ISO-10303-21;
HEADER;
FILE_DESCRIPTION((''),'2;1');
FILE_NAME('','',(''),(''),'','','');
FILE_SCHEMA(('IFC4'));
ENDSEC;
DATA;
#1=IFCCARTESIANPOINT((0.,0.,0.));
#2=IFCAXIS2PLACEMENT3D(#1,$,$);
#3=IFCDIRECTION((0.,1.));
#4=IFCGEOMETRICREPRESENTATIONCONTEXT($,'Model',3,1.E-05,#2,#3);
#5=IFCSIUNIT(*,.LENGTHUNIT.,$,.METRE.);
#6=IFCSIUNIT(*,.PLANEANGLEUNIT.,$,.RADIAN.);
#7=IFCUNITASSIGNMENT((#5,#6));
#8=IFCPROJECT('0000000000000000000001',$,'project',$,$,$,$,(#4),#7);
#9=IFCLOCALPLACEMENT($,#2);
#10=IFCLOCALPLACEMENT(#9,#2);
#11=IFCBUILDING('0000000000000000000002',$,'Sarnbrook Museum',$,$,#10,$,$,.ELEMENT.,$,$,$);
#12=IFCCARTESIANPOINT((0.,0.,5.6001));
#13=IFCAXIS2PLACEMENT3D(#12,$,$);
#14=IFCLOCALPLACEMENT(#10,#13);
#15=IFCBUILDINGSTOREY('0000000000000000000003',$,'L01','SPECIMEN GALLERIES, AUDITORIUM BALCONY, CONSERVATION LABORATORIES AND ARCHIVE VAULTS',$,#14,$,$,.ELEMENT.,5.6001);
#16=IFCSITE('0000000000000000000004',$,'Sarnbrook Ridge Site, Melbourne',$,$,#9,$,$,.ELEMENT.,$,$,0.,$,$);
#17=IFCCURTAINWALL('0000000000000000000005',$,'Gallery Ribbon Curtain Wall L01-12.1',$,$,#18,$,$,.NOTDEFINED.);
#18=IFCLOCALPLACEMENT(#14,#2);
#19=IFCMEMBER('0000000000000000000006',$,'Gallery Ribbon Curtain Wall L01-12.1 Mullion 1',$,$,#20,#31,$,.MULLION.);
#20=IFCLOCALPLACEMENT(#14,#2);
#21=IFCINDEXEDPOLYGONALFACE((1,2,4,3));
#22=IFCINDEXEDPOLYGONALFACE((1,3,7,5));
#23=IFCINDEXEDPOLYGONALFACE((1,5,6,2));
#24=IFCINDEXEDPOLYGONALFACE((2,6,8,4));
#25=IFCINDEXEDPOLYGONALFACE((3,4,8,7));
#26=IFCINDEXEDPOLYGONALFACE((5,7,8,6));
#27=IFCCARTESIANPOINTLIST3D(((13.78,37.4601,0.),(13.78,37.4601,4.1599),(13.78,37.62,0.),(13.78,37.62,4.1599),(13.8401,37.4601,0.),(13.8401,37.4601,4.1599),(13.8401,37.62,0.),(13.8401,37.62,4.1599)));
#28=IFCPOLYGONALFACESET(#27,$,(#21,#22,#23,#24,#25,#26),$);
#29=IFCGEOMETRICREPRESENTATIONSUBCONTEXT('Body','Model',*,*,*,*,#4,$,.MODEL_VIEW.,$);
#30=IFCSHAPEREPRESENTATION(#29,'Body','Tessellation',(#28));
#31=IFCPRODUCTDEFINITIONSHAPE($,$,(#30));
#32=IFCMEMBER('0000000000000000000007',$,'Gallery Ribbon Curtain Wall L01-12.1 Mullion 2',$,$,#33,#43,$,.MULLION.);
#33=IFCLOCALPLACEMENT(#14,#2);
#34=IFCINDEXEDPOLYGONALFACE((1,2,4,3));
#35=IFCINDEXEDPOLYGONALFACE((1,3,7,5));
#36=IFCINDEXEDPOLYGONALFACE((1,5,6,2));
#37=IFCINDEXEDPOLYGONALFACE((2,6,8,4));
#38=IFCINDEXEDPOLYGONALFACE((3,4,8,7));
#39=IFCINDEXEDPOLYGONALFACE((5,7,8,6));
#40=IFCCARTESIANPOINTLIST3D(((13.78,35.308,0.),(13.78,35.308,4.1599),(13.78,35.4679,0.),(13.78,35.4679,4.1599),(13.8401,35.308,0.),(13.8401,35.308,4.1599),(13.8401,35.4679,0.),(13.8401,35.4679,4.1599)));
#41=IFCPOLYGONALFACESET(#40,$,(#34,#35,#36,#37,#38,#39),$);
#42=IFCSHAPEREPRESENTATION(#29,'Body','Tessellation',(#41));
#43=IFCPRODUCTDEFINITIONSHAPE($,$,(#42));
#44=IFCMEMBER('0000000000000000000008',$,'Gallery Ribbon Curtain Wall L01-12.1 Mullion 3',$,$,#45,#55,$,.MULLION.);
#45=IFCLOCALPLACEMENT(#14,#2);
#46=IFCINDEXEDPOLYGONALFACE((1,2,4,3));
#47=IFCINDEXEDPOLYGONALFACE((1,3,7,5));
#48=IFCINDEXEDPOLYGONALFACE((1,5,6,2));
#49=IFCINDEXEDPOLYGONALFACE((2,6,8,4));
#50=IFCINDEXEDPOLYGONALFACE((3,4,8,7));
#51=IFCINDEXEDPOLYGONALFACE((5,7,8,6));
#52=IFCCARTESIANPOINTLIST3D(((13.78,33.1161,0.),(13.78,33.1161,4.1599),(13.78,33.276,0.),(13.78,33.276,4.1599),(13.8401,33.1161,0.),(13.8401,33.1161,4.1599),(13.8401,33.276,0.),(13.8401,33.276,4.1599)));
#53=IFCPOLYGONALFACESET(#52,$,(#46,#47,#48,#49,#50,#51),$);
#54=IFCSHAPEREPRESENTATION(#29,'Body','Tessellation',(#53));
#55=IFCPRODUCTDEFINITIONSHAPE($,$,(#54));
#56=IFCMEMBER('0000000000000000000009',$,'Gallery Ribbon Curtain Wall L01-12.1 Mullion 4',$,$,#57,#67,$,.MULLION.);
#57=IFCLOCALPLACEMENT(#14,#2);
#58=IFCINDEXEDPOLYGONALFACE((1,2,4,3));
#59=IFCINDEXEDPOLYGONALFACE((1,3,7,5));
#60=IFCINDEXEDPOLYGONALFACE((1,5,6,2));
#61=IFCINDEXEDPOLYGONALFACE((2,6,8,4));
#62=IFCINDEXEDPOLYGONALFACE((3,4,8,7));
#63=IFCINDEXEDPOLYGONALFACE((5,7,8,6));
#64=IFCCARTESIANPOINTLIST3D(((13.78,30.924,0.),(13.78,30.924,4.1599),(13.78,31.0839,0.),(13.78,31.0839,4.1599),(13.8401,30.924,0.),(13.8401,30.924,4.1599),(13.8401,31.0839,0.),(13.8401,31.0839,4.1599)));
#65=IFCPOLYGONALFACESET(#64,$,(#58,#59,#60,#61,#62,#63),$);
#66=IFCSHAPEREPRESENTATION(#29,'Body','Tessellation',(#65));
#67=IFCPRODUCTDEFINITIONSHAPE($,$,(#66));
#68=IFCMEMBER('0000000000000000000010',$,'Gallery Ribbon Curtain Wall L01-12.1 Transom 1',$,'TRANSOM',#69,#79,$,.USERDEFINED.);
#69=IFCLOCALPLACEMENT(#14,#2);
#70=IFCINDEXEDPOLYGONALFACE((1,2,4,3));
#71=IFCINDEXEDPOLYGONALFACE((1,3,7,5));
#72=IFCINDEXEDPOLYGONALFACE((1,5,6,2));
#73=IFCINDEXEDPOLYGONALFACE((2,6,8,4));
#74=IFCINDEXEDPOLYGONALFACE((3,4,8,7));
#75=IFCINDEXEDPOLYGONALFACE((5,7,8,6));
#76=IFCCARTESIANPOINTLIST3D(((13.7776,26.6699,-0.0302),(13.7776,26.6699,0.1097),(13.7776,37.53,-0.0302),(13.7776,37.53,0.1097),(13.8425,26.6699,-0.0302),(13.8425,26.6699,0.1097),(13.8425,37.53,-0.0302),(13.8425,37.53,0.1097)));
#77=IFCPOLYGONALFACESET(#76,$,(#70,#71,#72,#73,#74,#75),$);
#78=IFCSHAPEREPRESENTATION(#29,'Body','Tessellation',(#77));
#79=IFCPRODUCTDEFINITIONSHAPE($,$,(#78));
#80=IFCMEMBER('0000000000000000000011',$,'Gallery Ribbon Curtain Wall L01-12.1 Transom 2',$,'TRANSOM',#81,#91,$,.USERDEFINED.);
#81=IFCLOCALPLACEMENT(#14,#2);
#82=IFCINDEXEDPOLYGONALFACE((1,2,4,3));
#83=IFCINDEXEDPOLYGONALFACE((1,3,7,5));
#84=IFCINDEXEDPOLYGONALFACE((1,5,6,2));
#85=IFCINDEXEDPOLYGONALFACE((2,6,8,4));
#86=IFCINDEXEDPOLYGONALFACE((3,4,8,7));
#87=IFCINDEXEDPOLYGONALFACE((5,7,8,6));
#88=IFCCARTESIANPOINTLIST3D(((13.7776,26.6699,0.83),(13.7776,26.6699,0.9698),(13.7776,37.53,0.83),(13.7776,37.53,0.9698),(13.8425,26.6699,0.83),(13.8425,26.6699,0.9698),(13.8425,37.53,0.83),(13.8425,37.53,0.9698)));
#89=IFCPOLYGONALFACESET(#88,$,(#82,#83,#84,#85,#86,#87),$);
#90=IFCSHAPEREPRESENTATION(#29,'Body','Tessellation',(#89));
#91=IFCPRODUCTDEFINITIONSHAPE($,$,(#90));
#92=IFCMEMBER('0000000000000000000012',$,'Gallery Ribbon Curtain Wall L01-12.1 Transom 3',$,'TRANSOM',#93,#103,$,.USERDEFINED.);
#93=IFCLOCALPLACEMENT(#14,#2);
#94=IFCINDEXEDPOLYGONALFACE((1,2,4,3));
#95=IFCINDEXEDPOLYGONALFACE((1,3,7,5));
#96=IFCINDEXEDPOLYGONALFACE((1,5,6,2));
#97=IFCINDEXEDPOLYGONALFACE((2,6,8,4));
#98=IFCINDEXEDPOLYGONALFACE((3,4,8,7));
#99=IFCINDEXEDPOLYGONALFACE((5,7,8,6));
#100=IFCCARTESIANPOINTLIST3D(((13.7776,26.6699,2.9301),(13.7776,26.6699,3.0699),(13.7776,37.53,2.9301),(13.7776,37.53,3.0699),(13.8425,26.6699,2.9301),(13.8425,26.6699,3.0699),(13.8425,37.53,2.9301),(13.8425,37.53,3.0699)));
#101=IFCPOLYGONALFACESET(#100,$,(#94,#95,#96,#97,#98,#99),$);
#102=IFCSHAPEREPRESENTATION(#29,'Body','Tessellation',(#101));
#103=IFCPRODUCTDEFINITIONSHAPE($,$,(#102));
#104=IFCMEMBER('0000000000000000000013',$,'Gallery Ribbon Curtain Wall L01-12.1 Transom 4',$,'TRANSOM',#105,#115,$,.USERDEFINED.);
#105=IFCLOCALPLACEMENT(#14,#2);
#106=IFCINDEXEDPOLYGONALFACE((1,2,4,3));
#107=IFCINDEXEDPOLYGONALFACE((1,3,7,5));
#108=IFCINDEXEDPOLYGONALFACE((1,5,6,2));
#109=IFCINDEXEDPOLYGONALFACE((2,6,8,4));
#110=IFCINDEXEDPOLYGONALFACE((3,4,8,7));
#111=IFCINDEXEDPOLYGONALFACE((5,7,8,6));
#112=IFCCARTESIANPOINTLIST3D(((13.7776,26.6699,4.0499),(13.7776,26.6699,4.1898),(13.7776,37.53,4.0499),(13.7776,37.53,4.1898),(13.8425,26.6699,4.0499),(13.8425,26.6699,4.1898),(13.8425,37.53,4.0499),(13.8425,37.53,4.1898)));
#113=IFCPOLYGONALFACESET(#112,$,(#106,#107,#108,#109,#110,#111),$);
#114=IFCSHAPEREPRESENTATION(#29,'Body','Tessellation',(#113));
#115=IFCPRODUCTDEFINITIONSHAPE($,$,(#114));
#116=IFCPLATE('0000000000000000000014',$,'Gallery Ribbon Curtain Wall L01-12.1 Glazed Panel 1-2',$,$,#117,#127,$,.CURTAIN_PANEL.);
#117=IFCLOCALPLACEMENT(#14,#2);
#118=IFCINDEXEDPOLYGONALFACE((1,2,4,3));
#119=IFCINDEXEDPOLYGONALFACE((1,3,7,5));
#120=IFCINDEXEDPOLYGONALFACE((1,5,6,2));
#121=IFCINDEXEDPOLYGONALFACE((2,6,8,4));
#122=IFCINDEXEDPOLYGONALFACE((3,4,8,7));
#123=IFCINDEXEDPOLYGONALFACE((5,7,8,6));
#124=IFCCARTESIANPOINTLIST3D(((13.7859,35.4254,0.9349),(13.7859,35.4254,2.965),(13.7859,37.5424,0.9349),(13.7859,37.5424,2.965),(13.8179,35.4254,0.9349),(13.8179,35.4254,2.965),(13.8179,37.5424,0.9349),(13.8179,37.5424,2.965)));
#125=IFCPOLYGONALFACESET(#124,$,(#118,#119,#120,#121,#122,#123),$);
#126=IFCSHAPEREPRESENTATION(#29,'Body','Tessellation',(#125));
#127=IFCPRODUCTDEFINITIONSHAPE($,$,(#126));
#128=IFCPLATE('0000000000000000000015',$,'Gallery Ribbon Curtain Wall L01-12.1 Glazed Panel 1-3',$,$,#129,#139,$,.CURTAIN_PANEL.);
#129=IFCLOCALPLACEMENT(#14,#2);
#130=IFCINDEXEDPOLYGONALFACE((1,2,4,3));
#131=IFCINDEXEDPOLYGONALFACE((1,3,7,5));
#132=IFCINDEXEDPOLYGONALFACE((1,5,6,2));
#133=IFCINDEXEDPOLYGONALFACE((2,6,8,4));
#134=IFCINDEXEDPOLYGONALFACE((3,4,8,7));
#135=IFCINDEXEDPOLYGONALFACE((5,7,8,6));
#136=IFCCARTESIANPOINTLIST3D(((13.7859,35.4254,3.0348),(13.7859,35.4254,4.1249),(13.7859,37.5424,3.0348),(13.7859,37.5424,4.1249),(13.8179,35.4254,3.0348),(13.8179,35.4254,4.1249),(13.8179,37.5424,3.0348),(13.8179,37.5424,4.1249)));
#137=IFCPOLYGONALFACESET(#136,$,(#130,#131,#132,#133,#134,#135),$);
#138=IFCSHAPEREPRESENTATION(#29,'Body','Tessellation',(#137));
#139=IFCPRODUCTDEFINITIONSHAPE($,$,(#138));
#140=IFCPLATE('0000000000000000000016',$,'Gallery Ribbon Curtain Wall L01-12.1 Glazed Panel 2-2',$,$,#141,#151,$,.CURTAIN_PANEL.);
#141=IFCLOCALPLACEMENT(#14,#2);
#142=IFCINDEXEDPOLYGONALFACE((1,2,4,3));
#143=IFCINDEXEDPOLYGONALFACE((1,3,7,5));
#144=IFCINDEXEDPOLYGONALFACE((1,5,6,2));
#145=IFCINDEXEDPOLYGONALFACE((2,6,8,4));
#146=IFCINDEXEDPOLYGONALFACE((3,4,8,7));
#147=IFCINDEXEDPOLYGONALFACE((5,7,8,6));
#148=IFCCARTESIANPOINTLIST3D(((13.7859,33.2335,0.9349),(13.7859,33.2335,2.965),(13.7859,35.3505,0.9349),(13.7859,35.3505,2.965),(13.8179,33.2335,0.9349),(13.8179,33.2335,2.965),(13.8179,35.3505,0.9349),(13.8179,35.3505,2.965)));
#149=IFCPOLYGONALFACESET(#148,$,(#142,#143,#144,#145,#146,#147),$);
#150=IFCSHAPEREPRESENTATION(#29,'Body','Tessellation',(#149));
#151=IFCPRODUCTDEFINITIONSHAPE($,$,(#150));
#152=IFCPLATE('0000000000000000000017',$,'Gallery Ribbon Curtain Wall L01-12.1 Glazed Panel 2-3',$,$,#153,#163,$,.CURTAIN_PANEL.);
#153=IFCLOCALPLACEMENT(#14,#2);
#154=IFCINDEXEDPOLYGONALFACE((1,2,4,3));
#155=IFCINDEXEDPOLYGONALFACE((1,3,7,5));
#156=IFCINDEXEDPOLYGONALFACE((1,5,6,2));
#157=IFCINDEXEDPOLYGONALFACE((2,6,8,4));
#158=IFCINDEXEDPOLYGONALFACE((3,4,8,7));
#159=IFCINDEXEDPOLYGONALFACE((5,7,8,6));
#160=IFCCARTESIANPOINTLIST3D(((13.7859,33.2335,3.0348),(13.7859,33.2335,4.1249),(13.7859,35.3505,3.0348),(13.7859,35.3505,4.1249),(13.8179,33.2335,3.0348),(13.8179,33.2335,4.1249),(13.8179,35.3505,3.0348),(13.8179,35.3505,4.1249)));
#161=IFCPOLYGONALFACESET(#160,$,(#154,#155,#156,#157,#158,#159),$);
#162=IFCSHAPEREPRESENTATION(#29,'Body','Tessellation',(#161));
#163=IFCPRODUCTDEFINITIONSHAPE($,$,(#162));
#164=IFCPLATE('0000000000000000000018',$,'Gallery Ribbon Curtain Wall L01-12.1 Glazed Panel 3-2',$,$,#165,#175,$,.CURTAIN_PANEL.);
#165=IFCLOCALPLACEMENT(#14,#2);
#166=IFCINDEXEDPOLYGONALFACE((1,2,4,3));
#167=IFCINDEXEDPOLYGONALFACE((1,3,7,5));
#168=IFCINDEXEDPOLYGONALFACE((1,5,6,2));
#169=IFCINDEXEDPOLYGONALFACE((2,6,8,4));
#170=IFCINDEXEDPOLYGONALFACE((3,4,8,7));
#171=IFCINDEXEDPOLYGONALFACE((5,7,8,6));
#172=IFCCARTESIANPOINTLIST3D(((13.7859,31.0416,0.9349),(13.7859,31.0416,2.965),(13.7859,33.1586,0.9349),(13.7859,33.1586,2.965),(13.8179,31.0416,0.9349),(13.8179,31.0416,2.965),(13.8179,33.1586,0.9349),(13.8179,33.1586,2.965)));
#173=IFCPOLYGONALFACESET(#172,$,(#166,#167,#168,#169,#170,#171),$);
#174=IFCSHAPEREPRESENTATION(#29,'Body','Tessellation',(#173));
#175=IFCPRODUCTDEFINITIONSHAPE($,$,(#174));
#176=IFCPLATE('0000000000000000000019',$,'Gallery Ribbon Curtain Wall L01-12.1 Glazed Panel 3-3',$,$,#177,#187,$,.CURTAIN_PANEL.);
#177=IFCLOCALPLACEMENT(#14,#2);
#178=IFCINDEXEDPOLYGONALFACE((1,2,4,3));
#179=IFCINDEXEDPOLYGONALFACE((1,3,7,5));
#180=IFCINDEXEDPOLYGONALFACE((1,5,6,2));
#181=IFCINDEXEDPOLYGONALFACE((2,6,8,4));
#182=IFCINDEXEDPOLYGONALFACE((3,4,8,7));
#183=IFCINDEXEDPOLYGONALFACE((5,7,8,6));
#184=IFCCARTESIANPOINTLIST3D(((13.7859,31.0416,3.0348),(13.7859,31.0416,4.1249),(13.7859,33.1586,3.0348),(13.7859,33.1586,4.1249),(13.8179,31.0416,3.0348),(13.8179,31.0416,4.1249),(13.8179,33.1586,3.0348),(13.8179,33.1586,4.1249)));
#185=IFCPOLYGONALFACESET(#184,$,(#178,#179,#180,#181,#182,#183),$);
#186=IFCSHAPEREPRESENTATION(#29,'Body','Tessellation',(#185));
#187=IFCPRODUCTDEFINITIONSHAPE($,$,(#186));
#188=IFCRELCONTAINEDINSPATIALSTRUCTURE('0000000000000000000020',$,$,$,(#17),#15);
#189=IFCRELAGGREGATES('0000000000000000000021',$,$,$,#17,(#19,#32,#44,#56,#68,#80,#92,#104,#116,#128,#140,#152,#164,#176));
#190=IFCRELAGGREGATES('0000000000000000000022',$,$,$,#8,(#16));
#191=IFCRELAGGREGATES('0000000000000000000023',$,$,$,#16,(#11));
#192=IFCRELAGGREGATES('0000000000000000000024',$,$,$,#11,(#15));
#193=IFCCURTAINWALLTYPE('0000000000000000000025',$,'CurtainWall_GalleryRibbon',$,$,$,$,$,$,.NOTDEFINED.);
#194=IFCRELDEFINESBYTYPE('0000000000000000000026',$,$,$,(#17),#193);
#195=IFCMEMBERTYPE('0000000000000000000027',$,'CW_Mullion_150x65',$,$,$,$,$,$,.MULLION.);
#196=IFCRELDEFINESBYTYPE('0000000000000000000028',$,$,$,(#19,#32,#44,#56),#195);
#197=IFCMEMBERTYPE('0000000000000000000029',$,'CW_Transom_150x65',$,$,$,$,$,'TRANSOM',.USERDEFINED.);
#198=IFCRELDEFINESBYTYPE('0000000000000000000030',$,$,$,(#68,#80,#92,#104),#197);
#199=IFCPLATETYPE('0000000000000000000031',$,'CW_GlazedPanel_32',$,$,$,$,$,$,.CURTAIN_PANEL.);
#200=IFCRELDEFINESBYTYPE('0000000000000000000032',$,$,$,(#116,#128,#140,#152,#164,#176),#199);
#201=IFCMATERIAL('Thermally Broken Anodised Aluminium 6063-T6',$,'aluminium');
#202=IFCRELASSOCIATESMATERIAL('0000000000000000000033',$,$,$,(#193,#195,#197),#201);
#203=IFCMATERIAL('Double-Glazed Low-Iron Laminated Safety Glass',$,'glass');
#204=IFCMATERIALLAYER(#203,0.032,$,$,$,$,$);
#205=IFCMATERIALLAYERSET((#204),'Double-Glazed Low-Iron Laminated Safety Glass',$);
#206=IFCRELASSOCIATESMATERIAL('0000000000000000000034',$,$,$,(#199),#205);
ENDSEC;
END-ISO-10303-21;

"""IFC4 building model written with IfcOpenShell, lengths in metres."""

from ifc_helpers import new_model, si_unit, direction, frame, origin, origin_2d, place, context, subcontext, project, spatial, rectangle, extrude, material, layer, layer_set, material_profile, profile_set, type_object, element, aggregate, save


model = new_model("IFC4")

# Units and contexts
model_context = context("Model", 3, precision=1e-05, world=origin(), true_north=direction((0.0, 1.0)))
body_context = subcontext(model_context, "Body", "Model", "MODEL_VIEW")
ifc_project = project(units=[si_unit("LENGTHUNIT", "METRE"), si_unit("PLANEANGLEUNIT", "RADIAN")], contexts=[model_context])

# Site, building, storey
site_placement = place(None, origin())
site = spatial("IfcSite", under=ifc_project, at=site_placement, Name="Sarnbrook Ridge Site, Melbourne", CompositionType="ELEMENT", RefElevation=0.0)
building_placement = place(site_placement, origin())
building = spatial("IfcBuilding", under=site, at=building_placement, Name="Sarnbrook Museum", CompositionType="ELEMENT")
storey_placement = place(building_placement, frame((0.0, 0.0, 5.6001)))
storey = spatial("IfcBuildingStorey", under=building, at=storey_placement, Name="L01", Description="SPECIMEN GALLERIES, AUDITORIUM BALCONY, CONSERVATION LABORATORIES AND ARCHIVE VAULTS", CompositionType="ELEMENT", Elevation=5.6001)

# Curtain wall, members, plates
ifc_material_1 = material(Name="Thermally Broken Anodised Aluminium 6063-T6", Category="aluminium")
curtain_wall_type = type_object("IfcCurtainWallType", Name="CurtainWall_GalleryRibbon", PredefinedType="NOTDEFINED", material=ifc_material_1)
curtain_wall_placement = place(storey_placement, origin())
curtain_wall = element("IfcCurtainWall", 1, at=curtain_wall_placement, inside=storey, type_object=curtain_wall_type, Name="Gallery Ribbon Curtain Wall L01-12.1", PredefinedType="NOTDEFINED")
ifc_material_profile_1 = material_profile(ifc_material_1, rectangle(XDim=0.0601, YDim=0.1599, at=origin_2d()), Name="ALU MULLION 60x160")
ifc_profile_set_1 = profile_set([ifc_material_profile_1], Name="Thermally Broken Anodised Aluminium 6063-T6")
member_type_1 = type_object("IfcMemberType", Name="CW_Mullion_150x65", PredefinedType="MULLION", material=ifc_profile_set_1)
member_1_placement = place(storey_placement, frame((13.8101, 37.54, 0.0), z_axis=(0.0, 0.0, 1.0), x_axis=(1.0, 0.0, 0.0)))
member_1 = element("IfcMember", 2, at=member_1_placement, type_object=member_type_1, Name="Gallery Ribbon Curtain Wall L01-12.1 Mullion 1", PredefinedType="MULLION", context=body_context, shape_type="SweptSolid", body=[
    extrude(rectangle(XDim=0.0601, YDim=0.1599, at=origin_2d()), origin(), (0.0, 0.0, 1.0), 4.1599),
])
member_2_placement = place(storey_placement, frame((13.8101, 35.3879, 0.0), z_axis=(0.0, 0.0, 1.0), x_axis=(1.0, 0.0, 0.0)))
member_2 = element("IfcMember", 3, at=member_2_placement, type_object=member_type_1, Name="Gallery Ribbon Curtain Wall L01-12.1 Mullion 2", PredefinedType="MULLION", context=body_context, shape_type="SweptSolid", body=[
    extrude(rectangle(XDim=0.0601, YDim=0.1599, at=origin_2d()), origin(), (0.0, 0.0, 1.0), 4.1599),
])
member_3_placement = place(storey_placement, frame((13.8101, 33.196, 0.0), z_axis=(0.0, 0.0, 1.0), x_axis=(1.0, 0.0, 0.0)))
member_3 = element("IfcMember", 4, at=member_3_placement, type_object=member_type_1, Name="Gallery Ribbon Curtain Wall L01-12.1 Mullion 3", PredefinedType="MULLION", context=body_context, shape_type="SweptSolid", body=[
    extrude(rectangle(XDim=0.0601, YDim=0.1599, at=origin_2d()), origin(), (0.0, 0.0, 1.0), 4.1599),
])
member_4_placement = place(storey_placement, frame((13.8101, 31.0039, 0.0), z_axis=(0.0, 0.0, 1.0), x_axis=(1.0, 0.0, 0.0)))
member_4 = element("IfcMember", 5, at=member_4_placement, type_object=member_type_1, Name="Gallery Ribbon Curtain Wall L01-12.1 Mullion 4", PredefinedType="MULLION", context=body_context, shape_type="SweptSolid", body=[
    extrude(rectangle(XDim=0.0601, YDim=0.1599, at=origin_2d()), origin(), (0.0, 0.0, 1.0), 4.1599),
])
ifc_material_profile_2 = material_profile(ifc_material_1, rectangle(XDim=0.0649, YDim=0.1399, at=origin_2d()), Name="ALU TRANSOM 65x140")
ifc_profile_set_2 = profile_set([ifc_material_profile_2], Name="Thermally Broken Anodised Aluminium 6063-T6")
member_type_2 = type_object("IfcMemberType", Name="CW_Transom_150x65", ElementType="TRANSOM", PredefinedType="USERDEFINED", material=ifc_profile_set_2)
member_5_placement = place(storey_placement, frame((13.8101, 37.53, 0.0398), z_axis=(0.0, -1.0, 0.0), x_axis=(1.0, 0.0, 0.0)))
member_5 = element("IfcMember", 6, at=member_5_placement, type_object=member_type_2, Name="Gallery Ribbon Curtain Wall L01-12.1 Transom 1", ObjectType="TRANSOM", PredefinedType="USERDEFINED", context=body_context, shape_type="SweptSolid", body=[
    extrude(rectangle(XDim=0.0649, YDim=0.1399, at=origin_2d()), origin(), (0.0, 0.0, 1.0), 10.8601),
])
member_6_placement = place(storey_placement, frame((13.8101, 37.53, 0.8999), z_axis=(0.0, -1.0, 0.0), x_axis=(1.0, 0.0, 0.0)))
member_6 = element("IfcMember", 7, at=member_6_placement, type_object=member_type_2, Name="Gallery Ribbon Curtain Wall L01-12.1 Transom 2", ObjectType="TRANSOM", PredefinedType="USERDEFINED", context=body_context, shape_type="SweptSolid", body=[
    extrude(rectangle(XDim=0.0649, YDim=0.1399, at=origin_2d()), origin(), (0.0, 0.0, 1.0), 10.8601),
])
member_7_placement = place(storey_placement, frame((13.8101, 37.53, 3.0), z_axis=(0.0, -1.0, 0.0), x_axis=(1.0, 0.0, 0.0)))
member_7 = element("IfcMember", 8, at=member_7_placement, type_object=member_type_2, Name="Gallery Ribbon Curtain Wall L01-12.1 Transom 3", ObjectType="TRANSOM", PredefinedType="USERDEFINED", context=body_context, shape_type="SweptSolid", body=[
    extrude(rectangle(XDim=0.0649, YDim=0.1399, at=origin_2d()), origin(), (0.0, 0.0, 1.0), 10.8601),
])
member_8_placement = place(storey_placement, frame((13.8101, 37.53, 4.1199), z_axis=(0.0, -1.0, 0.0), x_axis=(1.0, 0.0, 0.0)))
member_8 = element("IfcMember", 9, at=member_8_placement, type_object=member_type_2, Name="Gallery Ribbon Curtain Wall L01-12.1 Transom 4", ObjectType="TRANSOM", PredefinedType="USERDEFINED", context=body_context, shape_type="SweptSolid", body=[
    extrude(rectangle(XDim=0.0649, YDim=0.1399, at=origin_2d()), origin(), (0.0, 0.0, 1.0), 10.8601),
])
ifc_material_2 = material(Name="Double-Glazed Low-Iron Laminated Safety Glass", Category="glass")
ifc_layer_1 = layer(ifc_material_2, 0.032)
ifc_layer_set_1 = layer_set([ifc_layer_1], Name="Double-Glazed Low-Iron Laminated Safety Glass")
plate_type_1 = type_object("IfcPlateType", Name="CW_GlazedPanel_32", PredefinedType="CURTAIN_PANEL", material=ifc_layer_set_1)
plate_1_placement = place(storey_placement, frame((13.8179, 36.4839, 1.95), z_axis=(-1.0, 0.0, 0.0), x_axis=(0.0, -1.0, 0.0)))
plate_1 = element("IfcPlate", 10, at=plate_1_placement, type_object=plate_type_1, Name="Gallery Ribbon Curtain Wall L01-12.1 Glazed Panel 1-2", PredefinedType="CURTAIN_PANEL", context=body_context, shape_type="SweptSolid", body=[
    extrude(rectangle(XDim=2.1169, YDim=2.03, at=origin_2d()), origin(), (0.0, 0.0, 1.0), 0.032),
])
plate_2_placement = place(storey_placement, frame((13.8179, 36.4839, 3.5798), z_axis=(-1.0, 0.0, 0.0), x_axis=(0.0, -1.0, 0.0)))
plate_2 = element("IfcPlate", 11, at=plate_2_placement, type_object=plate_type_1, Name="Gallery Ribbon Curtain Wall L01-12.1 Glazed Panel 1-3", PredefinedType="CURTAIN_PANEL", context=body_context, shape_type="SweptSolid", body=[
    extrude(rectangle(XDim=2.1169, YDim=1.0901, at=origin_2d()), origin(), (0.0, 0.0, 1.0), 0.032),
])
plate_3_placement = place(storey_placement, frame((13.8179, 34.292, 1.95), z_axis=(-1.0, 0.0, 0.0), x_axis=(0.0, -1.0, 0.0)))
plate_3 = element("IfcPlate", 12, at=plate_3_placement, type_object=plate_type_1, Name="Gallery Ribbon Curtain Wall L01-12.1 Glazed Panel 2-2", PredefinedType="CURTAIN_PANEL", context=body_context, shape_type="SweptSolid", body=[
    extrude(rectangle(XDim=2.1169, YDim=2.03, at=origin_2d()), origin(), (0.0, 0.0, 1.0), 0.032),
])
plate_4_placement = place(storey_placement, frame((13.8179, 34.292, 3.5798), z_axis=(-1.0, 0.0, 0.0), x_axis=(0.0, -1.0, 0.0)))
plate_4 = element("IfcPlate", 13, at=plate_4_placement, type_object=plate_type_1, Name="Gallery Ribbon Curtain Wall L01-12.1 Glazed Panel 2-3", PredefinedType="CURTAIN_PANEL", context=body_context, shape_type="SweptSolid", body=[
    extrude(rectangle(XDim=2.1169, YDim=1.0901, at=origin_2d()), origin(), (0.0, 0.0, 1.0), 0.032),
])
plate_5_placement = place(storey_placement, frame((13.8179, 32.1001, 1.95), z_axis=(-1.0, 0.0, 0.0), x_axis=(0.0, -1.0, 0.0)))
plate_5 = element("IfcPlate", 14, at=plate_5_placement, type_object=plate_type_1, Name="Gallery Ribbon Curtain Wall L01-12.1 Glazed Panel 3-2", PredefinedType="CURTAIN_PANEL", context=body_context, shape_type="SweptSolid", body=[
    extrude(rectangle(XDim=2.1169, YDim=2.03, at=origin_2d()), origin(), (0.0, 0.0, 1.0), 0.032),
])
plate_6_placement = place(storey_placement, frame((13.8179, 32.1001, 3.5798), z_axis=(-1.0, 0.0, 0.0), x_axis=(0.0, -1.0, 0.0)))
plate_6 = element("IfcPlate", 15, at=plate_6_placement, type_object=plate_type_1, Name="Gallery Ribbon Curtain Wall L01-12.1 Glazed Panel 3-3", PredefinedType="CURTAIN_PANEL", context=body_context, shape_type="SweptSolid", body=[
    extrude(rectangle(XDim=2.1169, YDim=1.0901, at=origin_2d()), origin(), (0.0, 0.0, 1.0), 0.032),
])
aggregate(curtain_wall, [member_1, member_2, member_3, member_4, member_5, member_6, member_7, member_8, plate_1, plate_2, plate_3, plate_4, plate_5, plate_6])

save(model, "model.ifc")
